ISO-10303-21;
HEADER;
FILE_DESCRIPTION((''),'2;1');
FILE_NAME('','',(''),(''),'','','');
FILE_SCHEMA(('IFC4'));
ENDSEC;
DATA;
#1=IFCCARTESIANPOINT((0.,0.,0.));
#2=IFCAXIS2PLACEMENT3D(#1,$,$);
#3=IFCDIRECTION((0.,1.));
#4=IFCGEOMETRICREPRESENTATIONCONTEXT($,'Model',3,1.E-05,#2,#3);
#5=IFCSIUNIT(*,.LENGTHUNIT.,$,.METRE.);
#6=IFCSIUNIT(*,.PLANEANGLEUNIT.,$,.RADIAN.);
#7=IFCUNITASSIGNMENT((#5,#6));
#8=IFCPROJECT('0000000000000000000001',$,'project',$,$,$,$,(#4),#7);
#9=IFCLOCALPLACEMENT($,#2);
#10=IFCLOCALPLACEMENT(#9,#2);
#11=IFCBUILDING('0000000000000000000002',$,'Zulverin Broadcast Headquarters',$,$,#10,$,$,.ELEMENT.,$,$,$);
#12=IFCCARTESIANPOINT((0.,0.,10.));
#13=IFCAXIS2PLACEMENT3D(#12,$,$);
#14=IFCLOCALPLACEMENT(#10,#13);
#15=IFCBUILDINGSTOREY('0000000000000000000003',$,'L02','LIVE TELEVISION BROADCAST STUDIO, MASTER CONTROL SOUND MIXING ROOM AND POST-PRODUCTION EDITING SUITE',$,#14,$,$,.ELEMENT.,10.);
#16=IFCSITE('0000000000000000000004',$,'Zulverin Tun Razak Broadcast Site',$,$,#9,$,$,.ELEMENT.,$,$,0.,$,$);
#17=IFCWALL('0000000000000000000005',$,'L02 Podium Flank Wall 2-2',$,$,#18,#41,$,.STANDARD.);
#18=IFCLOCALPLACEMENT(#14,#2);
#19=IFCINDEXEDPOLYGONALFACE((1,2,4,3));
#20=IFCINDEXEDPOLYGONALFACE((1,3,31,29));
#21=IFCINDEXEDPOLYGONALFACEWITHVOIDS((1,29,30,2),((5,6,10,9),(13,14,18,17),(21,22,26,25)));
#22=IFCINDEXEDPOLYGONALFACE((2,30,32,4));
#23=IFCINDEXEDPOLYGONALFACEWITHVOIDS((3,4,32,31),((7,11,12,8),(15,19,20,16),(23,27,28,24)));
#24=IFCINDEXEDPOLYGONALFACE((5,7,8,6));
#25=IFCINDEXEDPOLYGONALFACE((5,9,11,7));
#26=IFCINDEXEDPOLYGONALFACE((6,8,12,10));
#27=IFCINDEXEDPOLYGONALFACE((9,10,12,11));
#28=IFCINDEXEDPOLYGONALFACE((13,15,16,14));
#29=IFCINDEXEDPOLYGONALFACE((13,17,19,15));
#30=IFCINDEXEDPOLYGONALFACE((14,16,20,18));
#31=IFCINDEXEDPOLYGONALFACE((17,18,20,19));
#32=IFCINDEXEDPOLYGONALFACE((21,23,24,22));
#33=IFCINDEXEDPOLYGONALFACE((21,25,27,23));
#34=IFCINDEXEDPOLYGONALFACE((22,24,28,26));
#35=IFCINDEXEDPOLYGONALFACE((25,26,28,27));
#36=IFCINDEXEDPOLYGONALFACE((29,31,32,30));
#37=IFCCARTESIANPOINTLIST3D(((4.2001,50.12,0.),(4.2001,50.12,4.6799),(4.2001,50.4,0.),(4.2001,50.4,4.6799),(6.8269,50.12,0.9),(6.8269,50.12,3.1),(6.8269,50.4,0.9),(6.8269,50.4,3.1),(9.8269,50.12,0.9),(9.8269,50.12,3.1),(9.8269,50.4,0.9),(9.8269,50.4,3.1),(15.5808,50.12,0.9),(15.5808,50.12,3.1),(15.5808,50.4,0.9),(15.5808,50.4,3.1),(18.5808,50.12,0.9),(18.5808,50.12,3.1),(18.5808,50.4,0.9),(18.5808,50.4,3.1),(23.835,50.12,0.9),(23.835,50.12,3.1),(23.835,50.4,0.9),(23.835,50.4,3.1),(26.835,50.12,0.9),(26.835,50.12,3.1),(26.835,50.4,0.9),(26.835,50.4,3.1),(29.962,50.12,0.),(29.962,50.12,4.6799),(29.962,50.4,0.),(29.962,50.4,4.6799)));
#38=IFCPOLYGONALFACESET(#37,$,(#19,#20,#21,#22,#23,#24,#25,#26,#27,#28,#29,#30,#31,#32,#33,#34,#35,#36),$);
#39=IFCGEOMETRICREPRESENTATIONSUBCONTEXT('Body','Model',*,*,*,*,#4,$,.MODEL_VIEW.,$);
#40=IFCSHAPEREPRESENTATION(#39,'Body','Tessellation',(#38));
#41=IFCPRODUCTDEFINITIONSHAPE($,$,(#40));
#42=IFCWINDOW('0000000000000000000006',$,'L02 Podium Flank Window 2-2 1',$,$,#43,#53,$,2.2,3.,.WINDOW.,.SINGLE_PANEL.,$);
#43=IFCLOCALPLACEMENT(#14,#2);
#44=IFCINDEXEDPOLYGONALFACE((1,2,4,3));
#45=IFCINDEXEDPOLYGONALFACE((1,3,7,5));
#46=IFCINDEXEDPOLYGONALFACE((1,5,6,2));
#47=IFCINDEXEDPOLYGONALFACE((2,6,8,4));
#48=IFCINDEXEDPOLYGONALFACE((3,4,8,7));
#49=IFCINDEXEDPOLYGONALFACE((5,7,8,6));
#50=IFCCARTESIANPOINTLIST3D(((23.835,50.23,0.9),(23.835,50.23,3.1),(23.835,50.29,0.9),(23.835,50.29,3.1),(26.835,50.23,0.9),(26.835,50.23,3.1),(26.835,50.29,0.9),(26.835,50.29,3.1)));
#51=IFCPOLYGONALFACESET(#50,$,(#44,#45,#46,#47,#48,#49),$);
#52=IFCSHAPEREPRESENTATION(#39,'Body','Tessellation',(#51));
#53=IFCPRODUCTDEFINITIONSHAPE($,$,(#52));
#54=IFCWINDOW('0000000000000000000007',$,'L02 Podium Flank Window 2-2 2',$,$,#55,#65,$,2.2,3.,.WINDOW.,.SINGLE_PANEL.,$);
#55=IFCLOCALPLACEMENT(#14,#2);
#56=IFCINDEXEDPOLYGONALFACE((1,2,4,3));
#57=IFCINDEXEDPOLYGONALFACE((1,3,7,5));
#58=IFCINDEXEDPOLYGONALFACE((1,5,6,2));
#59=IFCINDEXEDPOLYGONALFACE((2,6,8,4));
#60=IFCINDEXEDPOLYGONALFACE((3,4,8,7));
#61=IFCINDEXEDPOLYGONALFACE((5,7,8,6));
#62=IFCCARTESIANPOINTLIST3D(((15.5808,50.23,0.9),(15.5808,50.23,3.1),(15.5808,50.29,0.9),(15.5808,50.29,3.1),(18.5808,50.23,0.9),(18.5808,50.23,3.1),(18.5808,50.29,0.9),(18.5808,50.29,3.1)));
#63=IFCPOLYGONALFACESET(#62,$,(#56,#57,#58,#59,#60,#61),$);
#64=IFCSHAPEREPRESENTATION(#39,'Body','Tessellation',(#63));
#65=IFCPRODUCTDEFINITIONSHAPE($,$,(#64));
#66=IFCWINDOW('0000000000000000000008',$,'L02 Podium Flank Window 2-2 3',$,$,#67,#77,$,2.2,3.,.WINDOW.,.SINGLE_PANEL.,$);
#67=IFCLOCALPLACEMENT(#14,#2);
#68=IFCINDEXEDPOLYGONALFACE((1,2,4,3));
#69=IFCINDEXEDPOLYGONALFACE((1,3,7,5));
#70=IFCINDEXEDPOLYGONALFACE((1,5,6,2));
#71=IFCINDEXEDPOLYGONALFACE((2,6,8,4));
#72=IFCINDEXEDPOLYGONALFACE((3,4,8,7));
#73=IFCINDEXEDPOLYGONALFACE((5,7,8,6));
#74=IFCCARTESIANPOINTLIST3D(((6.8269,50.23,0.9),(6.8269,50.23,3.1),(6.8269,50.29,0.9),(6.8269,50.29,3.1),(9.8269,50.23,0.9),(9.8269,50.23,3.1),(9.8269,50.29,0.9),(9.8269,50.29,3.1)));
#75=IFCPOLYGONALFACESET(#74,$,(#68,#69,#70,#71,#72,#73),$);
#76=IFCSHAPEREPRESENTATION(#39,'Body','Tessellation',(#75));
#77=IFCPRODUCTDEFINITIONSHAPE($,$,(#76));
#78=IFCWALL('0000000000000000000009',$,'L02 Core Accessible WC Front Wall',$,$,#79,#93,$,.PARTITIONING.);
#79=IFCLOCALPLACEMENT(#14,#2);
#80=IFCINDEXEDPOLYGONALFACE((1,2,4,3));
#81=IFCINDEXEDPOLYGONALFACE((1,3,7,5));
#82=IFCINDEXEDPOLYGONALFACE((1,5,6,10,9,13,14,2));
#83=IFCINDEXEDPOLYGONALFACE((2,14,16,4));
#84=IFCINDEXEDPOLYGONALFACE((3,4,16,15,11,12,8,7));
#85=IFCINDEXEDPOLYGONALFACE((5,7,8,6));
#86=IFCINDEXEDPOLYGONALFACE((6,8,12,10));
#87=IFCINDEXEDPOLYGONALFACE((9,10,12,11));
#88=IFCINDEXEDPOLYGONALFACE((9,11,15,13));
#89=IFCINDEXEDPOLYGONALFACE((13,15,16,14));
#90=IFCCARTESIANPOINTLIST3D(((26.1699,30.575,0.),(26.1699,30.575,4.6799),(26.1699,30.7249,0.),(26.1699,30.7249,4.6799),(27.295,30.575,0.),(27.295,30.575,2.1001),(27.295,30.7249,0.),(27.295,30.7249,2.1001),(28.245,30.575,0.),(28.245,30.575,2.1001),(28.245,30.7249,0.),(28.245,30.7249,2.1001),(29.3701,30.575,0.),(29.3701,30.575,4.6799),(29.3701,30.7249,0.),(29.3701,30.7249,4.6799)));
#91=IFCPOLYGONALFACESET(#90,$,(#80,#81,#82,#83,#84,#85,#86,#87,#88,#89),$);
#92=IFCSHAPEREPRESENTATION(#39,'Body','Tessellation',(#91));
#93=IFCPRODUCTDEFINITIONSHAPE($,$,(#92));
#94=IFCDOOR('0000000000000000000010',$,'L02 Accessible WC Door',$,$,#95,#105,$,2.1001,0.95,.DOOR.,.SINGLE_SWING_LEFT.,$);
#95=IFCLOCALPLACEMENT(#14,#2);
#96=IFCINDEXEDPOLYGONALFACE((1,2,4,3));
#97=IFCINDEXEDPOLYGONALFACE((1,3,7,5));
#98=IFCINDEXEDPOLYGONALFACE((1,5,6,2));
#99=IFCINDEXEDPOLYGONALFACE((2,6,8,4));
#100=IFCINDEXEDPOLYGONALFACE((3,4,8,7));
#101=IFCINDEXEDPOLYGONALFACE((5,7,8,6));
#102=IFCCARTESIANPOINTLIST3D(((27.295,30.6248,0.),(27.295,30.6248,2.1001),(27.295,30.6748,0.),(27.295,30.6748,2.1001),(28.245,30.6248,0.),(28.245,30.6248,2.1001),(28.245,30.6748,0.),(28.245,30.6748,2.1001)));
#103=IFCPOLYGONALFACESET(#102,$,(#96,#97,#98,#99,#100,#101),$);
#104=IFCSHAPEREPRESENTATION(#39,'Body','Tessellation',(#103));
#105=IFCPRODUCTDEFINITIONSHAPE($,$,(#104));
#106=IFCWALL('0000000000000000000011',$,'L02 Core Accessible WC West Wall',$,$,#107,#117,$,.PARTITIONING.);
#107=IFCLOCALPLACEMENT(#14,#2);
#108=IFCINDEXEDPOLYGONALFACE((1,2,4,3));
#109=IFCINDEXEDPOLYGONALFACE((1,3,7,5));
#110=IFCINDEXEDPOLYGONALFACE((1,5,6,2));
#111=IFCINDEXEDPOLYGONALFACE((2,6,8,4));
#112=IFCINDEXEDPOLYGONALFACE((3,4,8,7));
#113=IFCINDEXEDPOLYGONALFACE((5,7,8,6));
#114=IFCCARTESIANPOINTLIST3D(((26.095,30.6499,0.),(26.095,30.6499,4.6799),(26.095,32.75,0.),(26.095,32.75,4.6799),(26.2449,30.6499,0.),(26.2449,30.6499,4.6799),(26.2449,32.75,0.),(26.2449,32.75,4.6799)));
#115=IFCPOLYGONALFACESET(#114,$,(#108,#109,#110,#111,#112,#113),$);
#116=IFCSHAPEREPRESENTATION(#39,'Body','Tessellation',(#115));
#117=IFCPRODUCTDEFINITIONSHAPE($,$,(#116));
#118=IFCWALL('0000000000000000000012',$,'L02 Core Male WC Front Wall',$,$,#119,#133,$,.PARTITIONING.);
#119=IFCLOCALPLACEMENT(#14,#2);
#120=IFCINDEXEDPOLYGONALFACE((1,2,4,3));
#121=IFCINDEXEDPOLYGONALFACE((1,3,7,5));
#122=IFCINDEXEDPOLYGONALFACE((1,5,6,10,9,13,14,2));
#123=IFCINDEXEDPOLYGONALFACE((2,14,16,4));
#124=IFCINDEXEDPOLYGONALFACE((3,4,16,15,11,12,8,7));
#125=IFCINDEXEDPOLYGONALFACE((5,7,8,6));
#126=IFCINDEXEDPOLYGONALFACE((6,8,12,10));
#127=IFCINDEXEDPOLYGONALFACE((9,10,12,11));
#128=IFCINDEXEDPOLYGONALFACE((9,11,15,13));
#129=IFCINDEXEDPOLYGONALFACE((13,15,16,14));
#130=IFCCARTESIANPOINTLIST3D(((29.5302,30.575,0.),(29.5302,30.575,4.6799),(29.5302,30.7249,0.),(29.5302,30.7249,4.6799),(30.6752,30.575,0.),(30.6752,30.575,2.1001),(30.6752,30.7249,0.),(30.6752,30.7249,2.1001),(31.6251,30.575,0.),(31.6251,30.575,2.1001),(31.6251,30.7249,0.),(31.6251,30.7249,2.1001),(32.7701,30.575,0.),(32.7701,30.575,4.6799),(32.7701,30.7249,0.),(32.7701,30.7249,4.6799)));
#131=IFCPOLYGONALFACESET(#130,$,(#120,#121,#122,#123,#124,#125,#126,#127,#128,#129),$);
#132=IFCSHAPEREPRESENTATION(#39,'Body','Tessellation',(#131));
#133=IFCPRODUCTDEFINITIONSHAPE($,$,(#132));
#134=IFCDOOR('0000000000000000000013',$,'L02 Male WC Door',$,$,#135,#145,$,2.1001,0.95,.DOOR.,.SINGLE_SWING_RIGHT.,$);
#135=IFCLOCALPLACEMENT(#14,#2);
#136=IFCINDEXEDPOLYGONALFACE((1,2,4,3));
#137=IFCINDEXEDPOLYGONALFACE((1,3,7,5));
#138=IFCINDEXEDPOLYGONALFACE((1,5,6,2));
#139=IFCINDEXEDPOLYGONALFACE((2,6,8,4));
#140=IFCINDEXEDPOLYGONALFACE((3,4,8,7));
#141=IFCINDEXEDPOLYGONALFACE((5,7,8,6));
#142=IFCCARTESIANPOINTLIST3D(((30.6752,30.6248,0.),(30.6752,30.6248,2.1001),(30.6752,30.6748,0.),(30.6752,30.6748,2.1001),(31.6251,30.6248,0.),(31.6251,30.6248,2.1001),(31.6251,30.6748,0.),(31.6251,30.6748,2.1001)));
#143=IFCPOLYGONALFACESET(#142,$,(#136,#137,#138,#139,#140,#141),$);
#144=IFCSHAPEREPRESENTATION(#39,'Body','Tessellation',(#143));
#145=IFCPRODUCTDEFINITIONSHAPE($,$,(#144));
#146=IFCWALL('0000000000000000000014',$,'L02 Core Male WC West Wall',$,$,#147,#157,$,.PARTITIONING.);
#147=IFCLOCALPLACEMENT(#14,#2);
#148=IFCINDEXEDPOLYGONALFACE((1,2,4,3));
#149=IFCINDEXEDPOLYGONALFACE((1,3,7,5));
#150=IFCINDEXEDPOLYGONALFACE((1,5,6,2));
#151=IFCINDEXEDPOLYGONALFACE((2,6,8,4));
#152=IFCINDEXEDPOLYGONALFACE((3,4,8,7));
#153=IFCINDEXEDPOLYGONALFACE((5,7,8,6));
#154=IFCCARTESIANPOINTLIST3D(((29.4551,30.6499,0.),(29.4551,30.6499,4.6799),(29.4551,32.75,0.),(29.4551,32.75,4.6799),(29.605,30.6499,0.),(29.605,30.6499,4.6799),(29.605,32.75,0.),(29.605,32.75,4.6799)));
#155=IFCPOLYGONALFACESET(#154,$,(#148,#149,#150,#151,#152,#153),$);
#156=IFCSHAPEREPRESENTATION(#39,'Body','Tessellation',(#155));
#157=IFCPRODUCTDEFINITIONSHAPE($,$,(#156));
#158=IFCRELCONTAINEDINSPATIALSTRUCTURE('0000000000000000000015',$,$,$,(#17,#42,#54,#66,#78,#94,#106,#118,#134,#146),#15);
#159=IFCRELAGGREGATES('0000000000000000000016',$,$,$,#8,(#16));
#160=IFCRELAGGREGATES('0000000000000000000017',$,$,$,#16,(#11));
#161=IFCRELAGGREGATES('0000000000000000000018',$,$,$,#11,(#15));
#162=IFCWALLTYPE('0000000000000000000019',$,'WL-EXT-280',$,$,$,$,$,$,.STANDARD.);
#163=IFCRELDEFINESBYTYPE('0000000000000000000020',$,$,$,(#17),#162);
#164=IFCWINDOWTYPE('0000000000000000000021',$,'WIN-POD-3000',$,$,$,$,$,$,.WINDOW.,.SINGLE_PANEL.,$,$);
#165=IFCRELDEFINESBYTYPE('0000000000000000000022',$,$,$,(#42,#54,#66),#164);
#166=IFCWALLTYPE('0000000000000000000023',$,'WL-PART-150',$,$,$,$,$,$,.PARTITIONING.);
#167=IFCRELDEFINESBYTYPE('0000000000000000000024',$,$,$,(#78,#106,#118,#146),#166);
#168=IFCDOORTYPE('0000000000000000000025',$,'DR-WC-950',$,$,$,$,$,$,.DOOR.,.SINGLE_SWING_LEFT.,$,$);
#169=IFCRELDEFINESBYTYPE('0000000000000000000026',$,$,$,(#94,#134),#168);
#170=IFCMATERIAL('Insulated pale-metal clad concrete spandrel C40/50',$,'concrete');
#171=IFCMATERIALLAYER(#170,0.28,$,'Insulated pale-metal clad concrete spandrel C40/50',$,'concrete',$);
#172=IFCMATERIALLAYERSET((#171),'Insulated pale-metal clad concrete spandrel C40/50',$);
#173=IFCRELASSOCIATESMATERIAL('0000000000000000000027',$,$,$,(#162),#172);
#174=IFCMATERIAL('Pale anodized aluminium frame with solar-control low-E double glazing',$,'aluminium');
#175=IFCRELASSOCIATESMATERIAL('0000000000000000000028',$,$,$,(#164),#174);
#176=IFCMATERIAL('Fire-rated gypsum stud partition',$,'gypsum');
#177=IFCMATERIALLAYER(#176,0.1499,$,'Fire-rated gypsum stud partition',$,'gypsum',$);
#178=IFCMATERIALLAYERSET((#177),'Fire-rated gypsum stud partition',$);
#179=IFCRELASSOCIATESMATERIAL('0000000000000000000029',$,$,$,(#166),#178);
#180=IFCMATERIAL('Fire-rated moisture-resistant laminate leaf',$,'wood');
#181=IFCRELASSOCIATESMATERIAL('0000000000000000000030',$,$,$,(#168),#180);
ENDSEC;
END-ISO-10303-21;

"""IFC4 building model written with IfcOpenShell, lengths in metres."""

from ifc_helpers import new_model, si_unit, direction, frame, frame_2d, origin, place, context, subcontext, project, spatial, rectangle, extrude, material, layer, layer_set, type_object, element, fill, save


model = new_model("IFC4")

# Units and contexts
model_context = context("Model", 3, precision=1e-05, world=origin(), true_north=direction((0.0, 1.0)))
body_context = subcontext(model_context, "Body", "Model", "MODEL_VIEW")
ifc_project = project(units=[si_unit("LENGTHUNIT", "METRE"), si_unit("PLANEANGLEUNIT", "RADIAN")], contexts=[model_context])

# Site, building, storey
site_placement = place(None, origin())
site = spatial("IfcSite", under=ifc_project, at=site_placement, Name="Zulverin Tun Razak Broadcast Site", CompositionType="ELEMENT", RefElevation=0.0)
building_placement = place(site_placement, origin())
building = spatial("IfcBuilding", under=site, at=building_placement, Name="Zulverin Broadcast Headquarters", CompositionType="ELEMENT")
storey_placement = place(building_placement, frame((0.0, 0.0, 10.0)))
storey = spatial("IfcBuildingStorey", under=building, at=storey_placement, Name="L02", Description="LIVE TELEVISION BROADCAST STUDIO, MASTER CONTROL SOUND MIXING ROOM AND POST-PRODUCTION EDITING SUITE", CompositionType="ELEMENT", Elevation=10.0)

# Wall, openings, windows
ifc_material_1 = material(Name="Insulated pale-metal clad concrete spandrel C40/50", Category="concrete")
ifc_layer_1 = layer(ifc_material_1, 0.28, Name="Insulated pale-metal clad concrete spandrel C40/50", Category="concrete")
ifc_layer_set_1 = layer_set([ifc_layer_1], Name="Insulated pale-metal clad concrete spandrel C40/50")
wall_type_1 = type_object("IfcWallType", Name="WL-EXT-280", PredefinedType="STANDARD", material=ifc_layer_set_1)
wall_1_placement = place(storey_placement, frame((29.9619, 50.26, 0.0), z_axis=(0.0, 0.0, 1.0), x_axis=(-1.0, 0.0, 0.0)))
wall_1 = element("IfcWall", 1, at=wall_1_placement, inside=storey, type_object=wall_type_1, Name="L02 Podium Flank Wall 2-2", PredefinedType="STANDARD", context=body_context, shape_type="SweptSolid", body=[
    extrude(rectangle(XDim=25.762, YDim=0.28, at=frame_2d((12.8809, 0.0))), origin(), (0.0, 0.0, 1.0), 4.6799),
])
opening_1_placement = place(wall_1_placement, frame((3.127, 0.0, 0.8999)))
opening_1 = element("IfcOpeningElement", 2, at=opening_1_placement, cuts=wall_1, PredefinedType="OPENING", context=body_context, shape_type="SweptSolid", body=[
    extrude(rectangle(XDim=3.0, YDim=2.2, at=frame_2d((1.5, 1.1001))), frame((0.0, 0.1499, 0.0), z_axis=(0.0, -1.0, 0.0), x_axis=(1.0, 0.0, 0.0)), (0.0, 0.0, 1.0), 0.3),
])
opening_2_placement = place(wall_1_placement, frame((11.3811, 0.0, 0.8999)))
opening_2 = element("IfcOpeningElement", 3, at=opening_2_placement, cuts=wall_1, PredefinedType="OPENING", context=body_context, shape_type="SweptSolid", body=[
    extrude(rectangle(XDim=3.0, YDim=2.2, at=frame_2d((1.5, 1.1001))), frame((0.0, 0.1499, 0.0), z_axis=(0.0, -1.0, 0.0), x_axis=(1.0, 0.0, 0.0)), (0.0, 0.0, 1.0), 0.3),
])
opening_3_placement = place(wall_1_placement, frame((20.135, 0.0, 0.8999)))
opening_3 = element("IfcOpeningElement", 4, at=opening_3_placement, cuts=wall_1, PredefinedType="OPENING", context=body_context, shape_type="SweptSolid", body=[
    extrude(rectangle(XDim=3.0, YDim=2.2, at=frame_2d((1.5, 1.1001))), frame((0.0, 0.1499, 0.0), z_axis=(0.0, -1.0, 0.0), x_axis=(1.0, 0.0, 0.0)), (0.0, 0.0, 1.0), 0.3),
])
ifc_material_2 = material(Name="Pale anodized aluminium frame with solar-control low-E double glazing", Category="aluminium")
window_type = type_object("IfcWindowType", Name="WIN-POD-3000", PartitioningType="SINGLE_PANEL", PredefinedType="WINDOW", material=ifc_material_2)
window_1_placement = place(opening_1_placement, origin())
window_1 = element("IfcWindow", 5, at=window_1_placement, inside=storey, type_object=window_type, Name="L02 Podium Flank Window 2-2 1", OverallHeight=2.2, OverallWidth=3.0, PartitioningType="SINGLE_PANEL", PredefinedType="WINDOW", context=body_context, shape_type="SweptSolid", body=[
    extrude(rectangle(XDim=3.0, YDim=2.2, at=frame_2d((1.5, 1.1001))), frame((0.0, 0.03, 0.0), z_axis=(0.0, -1.0, 0.0), x_axis=(1.0, 0.0, 0.0)), (0.0, 0.0, 1.0), 0.0601),
])
fill(opening_1, window_1)
window_2_placement = place(opening_2_placement, origin())
window_2 = element("IfcWindow", 6, at=window_2_placement, inside=storey, type_object=window_type, Name="L02 Podium Flank Window 2-2 2", OverallHeight=2.2, OverallWidth=3.0, PartitioningType="SINGLE_PANEL", PredefinedType="WINDOW", context=body_context, shape_type="SweptSolid", body=[
    extrude(rectangle(XDim=3.0, YDim=2.2, at=frame_2d((1.5, 1.1001))), frame((0.0, 0.03, 0.0), z_axis=(0.0, -1.0, 0.0), x_axis=(1.0, 0.0, 0.0)), (0.0, 0.0, 1.0), 0.0601),
])
fill(opening_2, window_2)
window_3_placement = place(opening_3_placement, origin())
window_3 = element("IfcWindow", 7, at=window_3_placement, inside=storey, type_object=window_type, Name="L02 Podium Flank Window 2-2 3", OverallHeight=2.2, OverallWidth=3.0, PartitioningType="SINGLE_PANEL", PredefinedType="WINDOW", context=body_context, shape_type="SweptSolid", body=[
    extrude(rectangle(XDim=3.0, YDim=2.2, at=frame_2d((1.5, 1.1001))), frame((0.0, 0.03, 0.0), z_axis=(0.0, -1.0, 0.0), x_axis=(1.0, 0.0, 0.0)), (0.0, 0.0, 1.0), 0.0601),
])
fill(opening_3, window_3)

# Wall, opening, door
ifc_material_3 = material(Name="Fire-rated gypsum stud partition", Category="gypsum")
ifc_layer_2 = layer(ifc_material_3, 0.1499, Name="Fire-rated gypsum stud partition", Category="gypsum")
ifc_layer_set_2 = layer_set([ifc_layer_2], Name="Fire-rated gypsum stud partition")
wall_type_2 = type_object("IfcWallType", Name="WL-PART-150", PredefinedType="PARTITIONING", material=ifc_layer_set_2)
wall_2_placement = place(storey_placement, frame((26.1699, 30.6499, 0.0), z_axis=(0.0, 0.0, 1.0), x_axis=(1.0, 0.0, 0.0)))
wall_2 = element("IfcWall", 8, at=wall_2_placement, inside=storey, type_object=wall_type_2, Name="L02 Core Accessible WC Front Wall", PredefinedType="PARTITIONING", context=body_context, shape_type="SweptSolid", body=[
    extrude(rectangle(XDim=3.2002, YDim=0.1499, at=frame_2d((1.6001, 0.0))), origin(), (0.0, 0.0, 1.0), 4.6799),
])
opening_4_placement = place(wall_2_placement, frame((1.125, 0.0, 0.0)))
opening_4 = element("IfcOpeningElement", 9, at=opening_4_placement, cuts=wall_2, PredefinedType="OPENING", context=body_context, shape_type="SweptSolid", body=[
    extrude(rectangle(XDim=0.95, YDim=2.1001, at=frame_2d((0.4751, 1.05))), frame((0.0, 0.085, 0.0), z_axis=(0.0, -1.0, 0.0), x_axis=(1.0, 0.0, 0.0)), (0.0, 0.0, 1.0), 0.1699),
])
ifc_material_4 = material(Name="Fire-rated moisture-resistant laminate leaf", Category="wood")
door_type_1 = type_object("IfcDoorType", Name="DR-WC-950", OperationType="SINGLE_SWING_LEFT", PredefinedType="DOOR", material=ifc_material_4)
door_1_placement = place(opening_4_placement, origin())
door_1 = element("IfcDoor", 10, at=door_1_placement, inside=storey, type_object=door_type_1, Name="L02 Accessible WC Door", OperationType="SINGLE_SWING_LEFT", OverallHeight=2.1001, OverallWidth=0.95, PredefinedType="DOOR", context=body_context, shape_type="SweptSolid", body=[
    extrude(rectangle(XDim=0.95, YDim=2.1001, at=frame_2d((0.4751, 1.05))), frame((0.0, 0.0249, 0.0), z_axis=(0.0, -1.0, 0.0), x_axis=(1.0, 0.0, 0.0)), (0.0, 0.0, 1.0), 0.05),
])
fill(opening_4, door_1)

# Wall
wall_3_placement = place(storey_placement, frame((26.1699, 30.6499, 0.0), z_axis=(0.0, 0.0, 1.0), x_axis=(0.0, 1.0, 0.0)))
element("IfcWall", 11, at=wall_3_placement, inside=storey, type_object=wall_type_2, Name="L02 Core Accessible WC West Wall", PredefinedType="PARTITIONING", context=body_context, shape_type="SweptSolid", body=[
    extrude(rectangle(XDim=2.1001, YDim=0.1499, at=frame_2d((1.05, 0.0))), origin(), (0.0, 0.0, 1.0), 4.6799),
])

# Wall, opening, door
wall_4_placement = place(storey_placement, frame((29.53, 30.6499, 0.0), z_axis=(0.0, 0.0, 1.0), x_axis=(1.0, 0.0, 0.0)))
wall_4 = element("IfcWall", 12, at=wall_4_placement, inside=storey, type_object=wall_type_2, Name="L02 Core Male WC Front Wall", PredefinedType="PARTITIONING", context=body_context, shape_type="SweptSolid", body=[
    extrude(rectangle(XDim=3.24, YDim=0.1499, at=frame_2d((1.6201, 0.0))), origin(), (0.0, 0.0, 1.0), 4.6799),
])
opening_5_placement = place(wall_4_placement, frame((1.145, 0.0, 0.0)))
opening_5 = element("IfcOpeningElement", 13, at=opening_5_placement, cuts=wall_4, PredefinedType="OPENING", context=body_context, shape_type="SweptSolid", body=[
    extrude(rectangle(XDim=0.95, YDim=2.1001, at=frame_2d((0.4751, 1.05))), frame((0.0, 0.085, 0.0), z_axis=(0.0, -1.0, 0.0), x_axis=(1.0, 0.0, 0.0)), (0.0, 0.0, 1.0), 0.1699),
])
door_2_placement = place(opening_5_placement, origin())
door_2 = element("IfcDoor", 14, at=door_2_placement, inside=storey, type_object=door_type_1, Name="L02 Male WC Door", OperationType="SINGLE_SWING_RIGHT", OverallHeight=2.1001, OverallWidth=0.95, PredefinedType="DOOR", context=body_context, shape_type="SweptSolid", body=[
    extrude(rectangle(XDim=0.95, YDim=2.1001, at=frame_2d((0.4751, 1.05))), frame((0.0, 0.0249, 0.0), z_axis=(0.0, -1.0, 0.0), x_axis=(1.0, 0.0, 0.0)), (0.0, 0.0, 1.0), 0.05),
])
fill(opening_5, door_2)

# Wall
wall_5_placement = place(storey_placement, frame((29.53, 30.6499, 0.0), z_axis=(0.0, 0.0, 1.0), x_axis=(0.0, 1.0, 0.0)))
element("IfcWall", 15, at=wall_5_placement, inside=storey, type_object=wall_type_2, Name="L02 Core Male WC West Wall", PredefinedType="PARTITIONING", context=body_context, shape_type="SweptSolid", body=[
    extrude(rectangle(XDim=2.1001, YDim=0.1499, at=frame_2d((1.05, 0.0))), origin(), (0.0, 0.0, 1.0), 4.6799),
])

save(model, "model.ifc")
